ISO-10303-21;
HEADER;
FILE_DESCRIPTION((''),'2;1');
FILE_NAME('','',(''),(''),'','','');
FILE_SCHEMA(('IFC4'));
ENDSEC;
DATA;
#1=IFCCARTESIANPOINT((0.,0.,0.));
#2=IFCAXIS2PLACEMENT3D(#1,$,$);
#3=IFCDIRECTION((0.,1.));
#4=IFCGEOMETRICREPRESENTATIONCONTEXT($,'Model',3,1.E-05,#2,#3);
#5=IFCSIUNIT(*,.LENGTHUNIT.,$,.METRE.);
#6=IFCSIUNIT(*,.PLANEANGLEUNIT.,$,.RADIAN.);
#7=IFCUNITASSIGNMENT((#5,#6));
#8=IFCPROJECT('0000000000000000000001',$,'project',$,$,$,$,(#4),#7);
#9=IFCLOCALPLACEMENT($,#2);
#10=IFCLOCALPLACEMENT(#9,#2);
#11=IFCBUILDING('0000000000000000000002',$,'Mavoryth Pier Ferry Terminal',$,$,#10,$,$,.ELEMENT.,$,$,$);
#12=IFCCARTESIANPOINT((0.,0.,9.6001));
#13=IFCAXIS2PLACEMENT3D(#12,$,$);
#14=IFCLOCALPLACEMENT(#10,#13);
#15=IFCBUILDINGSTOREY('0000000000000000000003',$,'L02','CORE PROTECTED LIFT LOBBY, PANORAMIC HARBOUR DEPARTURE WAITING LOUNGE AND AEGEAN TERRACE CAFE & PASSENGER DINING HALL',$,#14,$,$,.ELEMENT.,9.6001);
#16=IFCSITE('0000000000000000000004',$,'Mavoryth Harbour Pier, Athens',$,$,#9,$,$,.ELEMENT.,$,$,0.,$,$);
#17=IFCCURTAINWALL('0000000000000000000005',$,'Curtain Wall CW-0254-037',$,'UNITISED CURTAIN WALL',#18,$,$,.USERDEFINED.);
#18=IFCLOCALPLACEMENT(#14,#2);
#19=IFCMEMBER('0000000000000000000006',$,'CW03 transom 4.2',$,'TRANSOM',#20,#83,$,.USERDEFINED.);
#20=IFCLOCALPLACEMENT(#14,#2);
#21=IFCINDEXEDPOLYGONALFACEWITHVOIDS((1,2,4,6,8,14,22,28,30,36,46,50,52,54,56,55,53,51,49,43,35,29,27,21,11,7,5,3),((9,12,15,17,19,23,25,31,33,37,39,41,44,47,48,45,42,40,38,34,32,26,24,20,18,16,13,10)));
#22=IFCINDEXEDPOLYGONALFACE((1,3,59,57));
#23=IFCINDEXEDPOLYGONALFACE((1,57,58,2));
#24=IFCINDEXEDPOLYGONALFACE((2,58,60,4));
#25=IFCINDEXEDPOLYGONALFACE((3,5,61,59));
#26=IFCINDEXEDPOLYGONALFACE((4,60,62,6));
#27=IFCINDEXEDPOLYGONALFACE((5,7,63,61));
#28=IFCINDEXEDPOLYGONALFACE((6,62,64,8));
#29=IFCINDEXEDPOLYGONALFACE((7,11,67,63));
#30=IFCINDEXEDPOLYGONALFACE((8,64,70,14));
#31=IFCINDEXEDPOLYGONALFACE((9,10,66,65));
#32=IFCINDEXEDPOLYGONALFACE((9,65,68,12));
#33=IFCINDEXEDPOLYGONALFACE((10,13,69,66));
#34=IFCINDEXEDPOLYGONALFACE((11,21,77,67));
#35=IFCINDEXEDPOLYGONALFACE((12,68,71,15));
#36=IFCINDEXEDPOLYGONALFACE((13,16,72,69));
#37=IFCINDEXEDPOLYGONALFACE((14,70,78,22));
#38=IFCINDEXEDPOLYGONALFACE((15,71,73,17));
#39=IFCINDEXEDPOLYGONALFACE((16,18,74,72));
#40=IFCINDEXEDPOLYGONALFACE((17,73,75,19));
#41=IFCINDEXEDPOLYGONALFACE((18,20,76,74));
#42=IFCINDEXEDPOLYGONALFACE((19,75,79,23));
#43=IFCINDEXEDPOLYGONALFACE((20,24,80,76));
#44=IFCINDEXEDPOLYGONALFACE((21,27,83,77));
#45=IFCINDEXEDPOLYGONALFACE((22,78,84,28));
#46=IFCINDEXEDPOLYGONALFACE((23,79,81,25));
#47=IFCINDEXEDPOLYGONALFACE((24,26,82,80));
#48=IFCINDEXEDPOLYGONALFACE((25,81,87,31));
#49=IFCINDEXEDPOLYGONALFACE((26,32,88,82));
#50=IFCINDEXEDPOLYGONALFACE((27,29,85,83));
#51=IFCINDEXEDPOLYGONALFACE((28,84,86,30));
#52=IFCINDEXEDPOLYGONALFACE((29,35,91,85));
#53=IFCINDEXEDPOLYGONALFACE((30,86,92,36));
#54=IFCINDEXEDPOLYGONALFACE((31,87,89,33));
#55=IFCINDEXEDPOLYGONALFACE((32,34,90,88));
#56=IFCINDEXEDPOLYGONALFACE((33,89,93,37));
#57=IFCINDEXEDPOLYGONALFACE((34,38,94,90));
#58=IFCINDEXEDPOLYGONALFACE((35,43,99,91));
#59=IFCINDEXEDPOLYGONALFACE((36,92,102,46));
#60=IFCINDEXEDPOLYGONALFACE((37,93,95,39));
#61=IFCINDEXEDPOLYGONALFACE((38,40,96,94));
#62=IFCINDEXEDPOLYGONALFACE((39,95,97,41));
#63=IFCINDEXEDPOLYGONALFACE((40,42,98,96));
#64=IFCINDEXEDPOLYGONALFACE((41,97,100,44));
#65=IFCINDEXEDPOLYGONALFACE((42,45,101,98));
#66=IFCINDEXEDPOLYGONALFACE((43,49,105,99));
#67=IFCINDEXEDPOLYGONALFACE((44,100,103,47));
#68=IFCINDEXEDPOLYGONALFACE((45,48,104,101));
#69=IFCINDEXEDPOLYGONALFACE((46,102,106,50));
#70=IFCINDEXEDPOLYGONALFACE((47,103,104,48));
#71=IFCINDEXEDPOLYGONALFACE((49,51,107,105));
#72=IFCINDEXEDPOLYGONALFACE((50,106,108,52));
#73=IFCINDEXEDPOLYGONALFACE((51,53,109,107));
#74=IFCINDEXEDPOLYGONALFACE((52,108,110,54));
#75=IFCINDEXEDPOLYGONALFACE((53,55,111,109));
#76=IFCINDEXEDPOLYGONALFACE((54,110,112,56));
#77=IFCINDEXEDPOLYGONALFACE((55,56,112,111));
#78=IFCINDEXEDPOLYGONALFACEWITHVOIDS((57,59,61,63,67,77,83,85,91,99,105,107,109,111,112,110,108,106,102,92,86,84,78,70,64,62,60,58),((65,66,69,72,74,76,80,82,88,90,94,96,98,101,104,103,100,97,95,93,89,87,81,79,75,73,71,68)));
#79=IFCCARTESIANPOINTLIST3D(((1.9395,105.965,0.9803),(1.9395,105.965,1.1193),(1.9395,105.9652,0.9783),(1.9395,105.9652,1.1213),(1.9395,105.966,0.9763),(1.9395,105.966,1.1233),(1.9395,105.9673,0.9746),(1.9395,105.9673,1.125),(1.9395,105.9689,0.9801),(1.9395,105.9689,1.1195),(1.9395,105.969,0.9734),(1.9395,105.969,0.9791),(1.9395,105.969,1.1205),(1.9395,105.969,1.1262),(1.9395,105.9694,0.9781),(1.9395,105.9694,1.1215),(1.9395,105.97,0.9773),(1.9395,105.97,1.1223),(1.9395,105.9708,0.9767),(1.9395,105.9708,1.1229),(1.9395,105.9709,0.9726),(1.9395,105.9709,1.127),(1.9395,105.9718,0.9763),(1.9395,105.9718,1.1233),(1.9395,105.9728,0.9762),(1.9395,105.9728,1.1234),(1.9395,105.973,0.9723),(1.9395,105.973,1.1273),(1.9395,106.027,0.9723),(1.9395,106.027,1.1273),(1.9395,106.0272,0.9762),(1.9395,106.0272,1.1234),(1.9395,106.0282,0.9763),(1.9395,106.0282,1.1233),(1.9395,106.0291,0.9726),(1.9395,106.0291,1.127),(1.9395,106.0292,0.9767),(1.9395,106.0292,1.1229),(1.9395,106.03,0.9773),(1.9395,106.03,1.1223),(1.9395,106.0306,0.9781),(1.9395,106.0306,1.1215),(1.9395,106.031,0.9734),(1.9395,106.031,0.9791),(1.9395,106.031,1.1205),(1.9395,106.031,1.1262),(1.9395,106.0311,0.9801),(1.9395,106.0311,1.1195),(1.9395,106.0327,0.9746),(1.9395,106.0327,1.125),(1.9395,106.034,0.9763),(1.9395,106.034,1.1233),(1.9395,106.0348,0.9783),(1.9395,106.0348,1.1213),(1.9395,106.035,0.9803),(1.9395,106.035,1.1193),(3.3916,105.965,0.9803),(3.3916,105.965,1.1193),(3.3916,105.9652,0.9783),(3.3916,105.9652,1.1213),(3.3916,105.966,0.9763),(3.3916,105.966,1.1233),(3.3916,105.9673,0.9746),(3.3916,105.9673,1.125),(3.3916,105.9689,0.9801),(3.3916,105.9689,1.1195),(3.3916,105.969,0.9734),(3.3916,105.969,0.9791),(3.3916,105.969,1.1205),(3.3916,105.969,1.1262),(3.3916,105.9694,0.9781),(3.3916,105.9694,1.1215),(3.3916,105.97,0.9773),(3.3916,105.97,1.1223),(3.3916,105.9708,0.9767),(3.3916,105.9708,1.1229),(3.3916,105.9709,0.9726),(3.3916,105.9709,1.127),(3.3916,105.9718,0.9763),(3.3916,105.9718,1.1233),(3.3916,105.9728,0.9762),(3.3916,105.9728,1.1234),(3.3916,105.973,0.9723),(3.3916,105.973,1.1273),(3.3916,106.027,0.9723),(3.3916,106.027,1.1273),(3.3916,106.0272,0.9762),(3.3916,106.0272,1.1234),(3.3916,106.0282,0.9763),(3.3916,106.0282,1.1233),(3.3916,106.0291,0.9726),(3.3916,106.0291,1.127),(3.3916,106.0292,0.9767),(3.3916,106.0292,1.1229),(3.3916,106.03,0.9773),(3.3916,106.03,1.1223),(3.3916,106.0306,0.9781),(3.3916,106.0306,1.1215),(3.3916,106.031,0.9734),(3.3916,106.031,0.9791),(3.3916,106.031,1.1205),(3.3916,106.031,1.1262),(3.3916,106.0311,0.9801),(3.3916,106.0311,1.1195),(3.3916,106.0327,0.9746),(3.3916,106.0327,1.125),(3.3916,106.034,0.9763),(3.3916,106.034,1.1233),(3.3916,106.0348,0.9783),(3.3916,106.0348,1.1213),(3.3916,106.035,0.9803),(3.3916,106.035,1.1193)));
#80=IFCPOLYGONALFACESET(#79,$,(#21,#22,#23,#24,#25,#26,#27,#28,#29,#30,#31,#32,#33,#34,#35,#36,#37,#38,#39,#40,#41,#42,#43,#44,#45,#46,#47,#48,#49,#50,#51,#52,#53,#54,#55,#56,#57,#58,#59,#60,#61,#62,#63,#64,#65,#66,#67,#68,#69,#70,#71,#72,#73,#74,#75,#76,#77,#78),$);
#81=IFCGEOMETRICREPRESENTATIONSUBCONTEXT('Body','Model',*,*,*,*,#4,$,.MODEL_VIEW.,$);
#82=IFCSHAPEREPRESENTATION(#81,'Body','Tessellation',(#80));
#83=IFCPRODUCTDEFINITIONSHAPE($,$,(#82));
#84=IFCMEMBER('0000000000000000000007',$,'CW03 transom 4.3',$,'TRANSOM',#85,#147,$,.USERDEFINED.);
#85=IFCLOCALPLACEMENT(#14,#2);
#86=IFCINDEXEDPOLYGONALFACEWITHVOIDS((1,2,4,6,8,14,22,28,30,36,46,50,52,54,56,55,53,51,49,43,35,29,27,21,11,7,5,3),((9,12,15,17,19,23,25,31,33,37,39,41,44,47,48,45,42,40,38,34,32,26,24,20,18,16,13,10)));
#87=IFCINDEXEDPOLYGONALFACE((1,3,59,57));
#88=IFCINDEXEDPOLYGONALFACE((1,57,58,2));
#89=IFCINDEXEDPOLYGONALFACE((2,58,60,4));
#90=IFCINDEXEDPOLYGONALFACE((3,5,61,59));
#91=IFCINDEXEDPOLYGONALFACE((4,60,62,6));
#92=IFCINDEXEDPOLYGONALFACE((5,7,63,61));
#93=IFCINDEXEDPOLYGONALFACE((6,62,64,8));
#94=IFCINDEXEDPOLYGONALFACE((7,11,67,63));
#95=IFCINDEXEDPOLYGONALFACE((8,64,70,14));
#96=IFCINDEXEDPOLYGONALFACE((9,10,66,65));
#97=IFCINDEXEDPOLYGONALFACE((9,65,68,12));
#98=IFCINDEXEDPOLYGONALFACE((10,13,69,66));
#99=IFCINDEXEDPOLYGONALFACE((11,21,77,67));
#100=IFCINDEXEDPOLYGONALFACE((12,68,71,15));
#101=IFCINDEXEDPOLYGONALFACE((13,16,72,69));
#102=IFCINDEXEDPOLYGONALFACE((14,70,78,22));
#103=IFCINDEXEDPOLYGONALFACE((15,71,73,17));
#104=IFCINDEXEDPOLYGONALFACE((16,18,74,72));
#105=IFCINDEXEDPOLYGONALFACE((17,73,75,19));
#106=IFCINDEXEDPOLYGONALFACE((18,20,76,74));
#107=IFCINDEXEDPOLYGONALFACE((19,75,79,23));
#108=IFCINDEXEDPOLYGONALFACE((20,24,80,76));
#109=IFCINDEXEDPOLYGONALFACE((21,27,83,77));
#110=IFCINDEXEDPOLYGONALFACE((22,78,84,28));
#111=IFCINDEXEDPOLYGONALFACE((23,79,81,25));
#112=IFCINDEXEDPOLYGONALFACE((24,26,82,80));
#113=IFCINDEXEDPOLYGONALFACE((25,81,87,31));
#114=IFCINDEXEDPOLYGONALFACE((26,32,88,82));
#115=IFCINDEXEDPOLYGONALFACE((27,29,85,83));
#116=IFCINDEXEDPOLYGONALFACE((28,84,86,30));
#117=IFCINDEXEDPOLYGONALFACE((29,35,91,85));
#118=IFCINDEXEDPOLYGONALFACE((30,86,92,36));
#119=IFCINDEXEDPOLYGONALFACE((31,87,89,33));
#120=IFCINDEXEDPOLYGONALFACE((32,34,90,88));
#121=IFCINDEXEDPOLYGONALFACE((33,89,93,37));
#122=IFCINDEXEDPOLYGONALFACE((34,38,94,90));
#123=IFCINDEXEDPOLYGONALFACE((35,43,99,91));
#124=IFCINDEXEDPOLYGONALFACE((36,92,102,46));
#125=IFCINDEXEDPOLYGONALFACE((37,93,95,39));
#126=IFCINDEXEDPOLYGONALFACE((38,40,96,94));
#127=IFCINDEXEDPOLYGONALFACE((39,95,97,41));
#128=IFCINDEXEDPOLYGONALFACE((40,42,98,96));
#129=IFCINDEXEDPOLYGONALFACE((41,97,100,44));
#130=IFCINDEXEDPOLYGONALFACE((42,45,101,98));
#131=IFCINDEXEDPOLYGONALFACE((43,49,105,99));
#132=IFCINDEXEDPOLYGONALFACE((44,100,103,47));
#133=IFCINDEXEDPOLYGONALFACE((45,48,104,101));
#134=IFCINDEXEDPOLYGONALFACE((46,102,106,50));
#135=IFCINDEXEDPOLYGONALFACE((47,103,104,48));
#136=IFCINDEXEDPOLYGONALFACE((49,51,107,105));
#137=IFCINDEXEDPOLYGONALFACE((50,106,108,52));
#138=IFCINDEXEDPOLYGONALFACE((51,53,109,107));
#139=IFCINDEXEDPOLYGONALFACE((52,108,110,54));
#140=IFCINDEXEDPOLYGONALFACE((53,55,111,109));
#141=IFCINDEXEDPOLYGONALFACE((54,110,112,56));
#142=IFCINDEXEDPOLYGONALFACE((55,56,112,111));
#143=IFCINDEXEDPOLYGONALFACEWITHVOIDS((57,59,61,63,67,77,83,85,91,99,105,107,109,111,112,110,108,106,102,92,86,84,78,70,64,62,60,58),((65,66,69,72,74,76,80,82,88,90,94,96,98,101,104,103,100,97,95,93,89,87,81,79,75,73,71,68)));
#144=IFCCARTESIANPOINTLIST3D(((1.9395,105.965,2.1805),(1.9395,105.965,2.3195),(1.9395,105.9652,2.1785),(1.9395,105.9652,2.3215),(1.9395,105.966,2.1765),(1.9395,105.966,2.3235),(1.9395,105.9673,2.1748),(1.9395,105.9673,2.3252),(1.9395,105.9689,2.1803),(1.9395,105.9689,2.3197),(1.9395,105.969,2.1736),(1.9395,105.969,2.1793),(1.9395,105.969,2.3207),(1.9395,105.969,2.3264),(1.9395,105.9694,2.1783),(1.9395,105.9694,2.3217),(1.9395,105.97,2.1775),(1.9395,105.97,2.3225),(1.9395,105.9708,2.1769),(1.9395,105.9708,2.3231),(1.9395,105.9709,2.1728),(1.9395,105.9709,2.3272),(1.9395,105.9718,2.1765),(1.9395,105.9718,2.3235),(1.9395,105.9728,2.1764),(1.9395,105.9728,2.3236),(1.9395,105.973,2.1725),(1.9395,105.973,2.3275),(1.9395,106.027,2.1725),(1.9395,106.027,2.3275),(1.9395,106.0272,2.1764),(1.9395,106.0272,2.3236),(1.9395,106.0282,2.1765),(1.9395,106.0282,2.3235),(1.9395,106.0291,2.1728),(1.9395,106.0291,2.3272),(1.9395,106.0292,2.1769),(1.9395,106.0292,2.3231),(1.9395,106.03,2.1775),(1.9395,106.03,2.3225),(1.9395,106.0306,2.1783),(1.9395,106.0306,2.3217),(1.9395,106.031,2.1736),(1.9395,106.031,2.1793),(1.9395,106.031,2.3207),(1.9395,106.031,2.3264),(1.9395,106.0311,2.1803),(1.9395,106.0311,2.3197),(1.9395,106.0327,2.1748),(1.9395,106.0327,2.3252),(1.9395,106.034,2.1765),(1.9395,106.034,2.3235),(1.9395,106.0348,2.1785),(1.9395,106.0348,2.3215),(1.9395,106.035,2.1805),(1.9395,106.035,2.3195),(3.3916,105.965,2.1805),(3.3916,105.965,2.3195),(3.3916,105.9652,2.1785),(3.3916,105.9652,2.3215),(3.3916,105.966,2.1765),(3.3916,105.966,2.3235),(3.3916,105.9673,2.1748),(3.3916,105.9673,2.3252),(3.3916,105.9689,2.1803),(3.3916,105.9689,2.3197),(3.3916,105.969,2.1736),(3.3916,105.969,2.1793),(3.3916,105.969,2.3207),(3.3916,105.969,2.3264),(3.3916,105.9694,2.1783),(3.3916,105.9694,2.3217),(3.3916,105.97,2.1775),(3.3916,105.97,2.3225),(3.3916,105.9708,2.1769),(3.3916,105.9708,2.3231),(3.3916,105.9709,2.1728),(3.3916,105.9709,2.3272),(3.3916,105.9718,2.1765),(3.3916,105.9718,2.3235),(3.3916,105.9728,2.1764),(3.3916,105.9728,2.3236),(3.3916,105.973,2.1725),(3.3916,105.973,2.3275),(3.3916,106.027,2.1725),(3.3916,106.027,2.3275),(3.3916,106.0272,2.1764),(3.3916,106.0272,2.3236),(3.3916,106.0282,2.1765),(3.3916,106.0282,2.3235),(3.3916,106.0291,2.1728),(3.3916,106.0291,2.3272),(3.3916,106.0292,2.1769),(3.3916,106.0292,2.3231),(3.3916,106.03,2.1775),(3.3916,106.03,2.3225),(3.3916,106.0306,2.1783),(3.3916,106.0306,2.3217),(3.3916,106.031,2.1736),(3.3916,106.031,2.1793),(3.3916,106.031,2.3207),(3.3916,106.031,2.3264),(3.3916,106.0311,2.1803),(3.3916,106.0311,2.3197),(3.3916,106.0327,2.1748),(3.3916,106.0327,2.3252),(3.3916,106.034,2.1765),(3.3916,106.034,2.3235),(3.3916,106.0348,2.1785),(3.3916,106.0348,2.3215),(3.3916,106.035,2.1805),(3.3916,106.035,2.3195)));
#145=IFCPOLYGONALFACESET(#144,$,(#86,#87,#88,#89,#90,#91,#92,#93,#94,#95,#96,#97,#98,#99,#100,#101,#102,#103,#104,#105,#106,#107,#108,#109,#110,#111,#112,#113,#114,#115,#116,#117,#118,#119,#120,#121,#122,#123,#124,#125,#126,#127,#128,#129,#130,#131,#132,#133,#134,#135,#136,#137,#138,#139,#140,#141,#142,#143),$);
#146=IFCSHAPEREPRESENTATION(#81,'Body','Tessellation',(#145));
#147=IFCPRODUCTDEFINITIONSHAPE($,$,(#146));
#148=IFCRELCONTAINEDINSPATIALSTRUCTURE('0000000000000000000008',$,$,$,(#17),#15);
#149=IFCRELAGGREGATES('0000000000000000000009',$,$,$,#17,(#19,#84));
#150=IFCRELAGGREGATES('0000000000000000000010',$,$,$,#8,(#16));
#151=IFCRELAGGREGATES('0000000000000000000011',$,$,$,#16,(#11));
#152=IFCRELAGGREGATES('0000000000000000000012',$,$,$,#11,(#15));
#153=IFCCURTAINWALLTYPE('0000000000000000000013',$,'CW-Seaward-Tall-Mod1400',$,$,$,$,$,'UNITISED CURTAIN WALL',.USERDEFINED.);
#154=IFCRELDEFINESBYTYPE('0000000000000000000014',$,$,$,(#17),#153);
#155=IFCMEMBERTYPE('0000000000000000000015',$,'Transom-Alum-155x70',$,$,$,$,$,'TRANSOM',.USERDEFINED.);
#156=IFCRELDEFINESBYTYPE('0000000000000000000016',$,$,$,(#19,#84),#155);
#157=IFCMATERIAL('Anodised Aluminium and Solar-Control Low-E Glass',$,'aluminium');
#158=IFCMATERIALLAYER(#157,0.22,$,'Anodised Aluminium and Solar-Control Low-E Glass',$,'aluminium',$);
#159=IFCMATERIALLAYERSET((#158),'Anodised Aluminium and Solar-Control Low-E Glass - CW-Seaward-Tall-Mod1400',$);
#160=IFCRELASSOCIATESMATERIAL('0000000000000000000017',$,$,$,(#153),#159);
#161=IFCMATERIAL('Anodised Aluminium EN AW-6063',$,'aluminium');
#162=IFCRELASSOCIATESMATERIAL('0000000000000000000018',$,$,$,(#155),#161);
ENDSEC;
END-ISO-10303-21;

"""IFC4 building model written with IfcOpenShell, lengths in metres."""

from ifc_helpers import new_model, si_unit, direction, frame, origin, origin_2d, place, context, subcontext, project, spatial, hollow_rectangle, extrude, material, layer, layer_set, material_profile, profile_set, type_object, element, aggregate, save


model = new_model("IFC4")

# Units and contexts
model_context = context("Model", 3, precision=1e-05, world=origin(), true_north=direction((0.0, 1.0)))
body_context = subcontext(model_context, "Body", "Model", "MODEL_VIEW")
ifc_project = project(units=[si_unit("LENGTHUNIT", "METRE"), si_unit("PLANEANGLEUNIT", "RADIAN")], contexts=[model_context])

# Site, building, storey
site_placement = place(None, origin())
site = spatial("IfcSite", under=ifc_project, at=site_placement, Name="Mavoryth Harbour Pier, Athens", CompositionType="ELEMENT", RefElevation=0.0)
building_placement = place(site_placement, origin())
building = spatial("IfcBuilding", under=site, at=building_placement, Name="Mavoryth Pier Ferry Terminal", CompositionType="ELEMENT")
storey_placement = place(building_placement, frame((0.0, 0.0, 9.6001)))
storey = spatial("IfcBuildingStorey", under=building, at=storey_placement, Name="L02", Description="CORE PROTECTED LIFT LOBBY, PANORAMIC HARBOUR DEPARTURE WAITING LOUNGE AND AEGEAN TERRACE CAFE & PASSENGER DINING HALL", CompositionType="ELEMENT", Elevation=9.6001)

# Curtain wall
ifc_material_1 = material(Name="Anodised Aluminium and Solar-Control Low-E Glass", Category="aluminium")
ifc_layer_1 = layer(ifc_material_1, 0.22, Name="Anodised Aluminium and Solar-Control Low-E Glass", Category="aluminium")
ifc_layer_set_1 = layer_set([ifc_layer_1], Name="Anodised Aluminium and Solar-Control Low-E Glass - CW-Seaward-Tall-Mod1400")
curtain_wall_type = type_object("IfcCurtainWallType", Name="CW-Seaward-Tall-Mod1400", ElementType="UNITISED CURTAIN WALL", PredefinedType="USERDEFINED", material=ifc_layer_set_1)
curtain_wall_placement = place(storey_placement, origin())
curtain_wall = element("IfcCurtainWall", 1, at=curtain_wall_placement, inside=storey, type_object=curtain_wall_type, Name="Curtain Wall CW-0254-037", ObjectType="UNITISED CURTAIN WALL", PredefinedType="USERDEFINED")
ifc_material_2 = material(Name="Anodised Aluminium EN AW-6063", Category="aluminium")

# Members
ifc_material_profile_1 = material_profile(ifc_material_2, hollow_rectangle(XDim=0.0701, YDim=0.155, WallThickness=0.0039, InnerFilletRadius=0.0039, OuterFilletRadius=0.0081, at=origin_2d()), Name="AL-TRAN 155x70x4", Category="aluminium")
ifc_profile_set_1 = profile_set([ifc_material_profile_1], Name="Anodised Aluminium EN AW-6063 - AL-TRAN 155x70x4")
member_type_1 = type_object("IfcMemberType", Name="Transom-Alum-155x70", ElementType="TRANSOM", PredefinedType="USERDEFINED", material=ifc_profile_set_1)
member_1_placement = place(storey_placement, frame((3.3916, 106.0, 1.0498), z_axis=(-1.0, 0.0, 0.0), x_axis=(0.0, -1.0, 0.0)))
member_1 = element("IfcMember", 2, at=member_1_placement, type_object=member_type_1, Name="CW03 transom 4.2", ObjectType="TRANSOM", PredefinedType="USERDEFINED", context=body_context, shape_type="SweptSolid", body=[
    extrude(hollow_rectangle(XDim=0.0701, YDim=0.155, WallThickness=0.0039, InnerFilletRadius=0.0039, OuterFilletRadius=0.0081, at=origin_2d()), origin(), (0.0, 0.0, 1.0), 1.4521),
])
member_2_placement = place(storey_placement, frame((3.3916, 106.0, 2.25), z_axis=(-1.0, 0.0, 0.0), x_axis=(0.0, -1.0, 0.0)))
member_2 = element("IfcMember", 3, at=member_2_placement, type_object=member_type_1, Name="CW03 transom 4.3", ObjectType="TRANSOM", PredefinedType="USERDEFINED", context=body_context, shape_type="SweptSolid", body=[
    extrude(hollow_rectangle(XDim=0.0701, YDim=0.155, WallThickness=0.0039, InnerFilletRadius=0.0039, OuterFilletRadius=0.0081, at=origin_2d()), origin(), (0.0, 0.0, 1.0), 1.4521),
])

aggregate(curtain_wall, [member_1, member_2])

save(model, "model.ifc")
